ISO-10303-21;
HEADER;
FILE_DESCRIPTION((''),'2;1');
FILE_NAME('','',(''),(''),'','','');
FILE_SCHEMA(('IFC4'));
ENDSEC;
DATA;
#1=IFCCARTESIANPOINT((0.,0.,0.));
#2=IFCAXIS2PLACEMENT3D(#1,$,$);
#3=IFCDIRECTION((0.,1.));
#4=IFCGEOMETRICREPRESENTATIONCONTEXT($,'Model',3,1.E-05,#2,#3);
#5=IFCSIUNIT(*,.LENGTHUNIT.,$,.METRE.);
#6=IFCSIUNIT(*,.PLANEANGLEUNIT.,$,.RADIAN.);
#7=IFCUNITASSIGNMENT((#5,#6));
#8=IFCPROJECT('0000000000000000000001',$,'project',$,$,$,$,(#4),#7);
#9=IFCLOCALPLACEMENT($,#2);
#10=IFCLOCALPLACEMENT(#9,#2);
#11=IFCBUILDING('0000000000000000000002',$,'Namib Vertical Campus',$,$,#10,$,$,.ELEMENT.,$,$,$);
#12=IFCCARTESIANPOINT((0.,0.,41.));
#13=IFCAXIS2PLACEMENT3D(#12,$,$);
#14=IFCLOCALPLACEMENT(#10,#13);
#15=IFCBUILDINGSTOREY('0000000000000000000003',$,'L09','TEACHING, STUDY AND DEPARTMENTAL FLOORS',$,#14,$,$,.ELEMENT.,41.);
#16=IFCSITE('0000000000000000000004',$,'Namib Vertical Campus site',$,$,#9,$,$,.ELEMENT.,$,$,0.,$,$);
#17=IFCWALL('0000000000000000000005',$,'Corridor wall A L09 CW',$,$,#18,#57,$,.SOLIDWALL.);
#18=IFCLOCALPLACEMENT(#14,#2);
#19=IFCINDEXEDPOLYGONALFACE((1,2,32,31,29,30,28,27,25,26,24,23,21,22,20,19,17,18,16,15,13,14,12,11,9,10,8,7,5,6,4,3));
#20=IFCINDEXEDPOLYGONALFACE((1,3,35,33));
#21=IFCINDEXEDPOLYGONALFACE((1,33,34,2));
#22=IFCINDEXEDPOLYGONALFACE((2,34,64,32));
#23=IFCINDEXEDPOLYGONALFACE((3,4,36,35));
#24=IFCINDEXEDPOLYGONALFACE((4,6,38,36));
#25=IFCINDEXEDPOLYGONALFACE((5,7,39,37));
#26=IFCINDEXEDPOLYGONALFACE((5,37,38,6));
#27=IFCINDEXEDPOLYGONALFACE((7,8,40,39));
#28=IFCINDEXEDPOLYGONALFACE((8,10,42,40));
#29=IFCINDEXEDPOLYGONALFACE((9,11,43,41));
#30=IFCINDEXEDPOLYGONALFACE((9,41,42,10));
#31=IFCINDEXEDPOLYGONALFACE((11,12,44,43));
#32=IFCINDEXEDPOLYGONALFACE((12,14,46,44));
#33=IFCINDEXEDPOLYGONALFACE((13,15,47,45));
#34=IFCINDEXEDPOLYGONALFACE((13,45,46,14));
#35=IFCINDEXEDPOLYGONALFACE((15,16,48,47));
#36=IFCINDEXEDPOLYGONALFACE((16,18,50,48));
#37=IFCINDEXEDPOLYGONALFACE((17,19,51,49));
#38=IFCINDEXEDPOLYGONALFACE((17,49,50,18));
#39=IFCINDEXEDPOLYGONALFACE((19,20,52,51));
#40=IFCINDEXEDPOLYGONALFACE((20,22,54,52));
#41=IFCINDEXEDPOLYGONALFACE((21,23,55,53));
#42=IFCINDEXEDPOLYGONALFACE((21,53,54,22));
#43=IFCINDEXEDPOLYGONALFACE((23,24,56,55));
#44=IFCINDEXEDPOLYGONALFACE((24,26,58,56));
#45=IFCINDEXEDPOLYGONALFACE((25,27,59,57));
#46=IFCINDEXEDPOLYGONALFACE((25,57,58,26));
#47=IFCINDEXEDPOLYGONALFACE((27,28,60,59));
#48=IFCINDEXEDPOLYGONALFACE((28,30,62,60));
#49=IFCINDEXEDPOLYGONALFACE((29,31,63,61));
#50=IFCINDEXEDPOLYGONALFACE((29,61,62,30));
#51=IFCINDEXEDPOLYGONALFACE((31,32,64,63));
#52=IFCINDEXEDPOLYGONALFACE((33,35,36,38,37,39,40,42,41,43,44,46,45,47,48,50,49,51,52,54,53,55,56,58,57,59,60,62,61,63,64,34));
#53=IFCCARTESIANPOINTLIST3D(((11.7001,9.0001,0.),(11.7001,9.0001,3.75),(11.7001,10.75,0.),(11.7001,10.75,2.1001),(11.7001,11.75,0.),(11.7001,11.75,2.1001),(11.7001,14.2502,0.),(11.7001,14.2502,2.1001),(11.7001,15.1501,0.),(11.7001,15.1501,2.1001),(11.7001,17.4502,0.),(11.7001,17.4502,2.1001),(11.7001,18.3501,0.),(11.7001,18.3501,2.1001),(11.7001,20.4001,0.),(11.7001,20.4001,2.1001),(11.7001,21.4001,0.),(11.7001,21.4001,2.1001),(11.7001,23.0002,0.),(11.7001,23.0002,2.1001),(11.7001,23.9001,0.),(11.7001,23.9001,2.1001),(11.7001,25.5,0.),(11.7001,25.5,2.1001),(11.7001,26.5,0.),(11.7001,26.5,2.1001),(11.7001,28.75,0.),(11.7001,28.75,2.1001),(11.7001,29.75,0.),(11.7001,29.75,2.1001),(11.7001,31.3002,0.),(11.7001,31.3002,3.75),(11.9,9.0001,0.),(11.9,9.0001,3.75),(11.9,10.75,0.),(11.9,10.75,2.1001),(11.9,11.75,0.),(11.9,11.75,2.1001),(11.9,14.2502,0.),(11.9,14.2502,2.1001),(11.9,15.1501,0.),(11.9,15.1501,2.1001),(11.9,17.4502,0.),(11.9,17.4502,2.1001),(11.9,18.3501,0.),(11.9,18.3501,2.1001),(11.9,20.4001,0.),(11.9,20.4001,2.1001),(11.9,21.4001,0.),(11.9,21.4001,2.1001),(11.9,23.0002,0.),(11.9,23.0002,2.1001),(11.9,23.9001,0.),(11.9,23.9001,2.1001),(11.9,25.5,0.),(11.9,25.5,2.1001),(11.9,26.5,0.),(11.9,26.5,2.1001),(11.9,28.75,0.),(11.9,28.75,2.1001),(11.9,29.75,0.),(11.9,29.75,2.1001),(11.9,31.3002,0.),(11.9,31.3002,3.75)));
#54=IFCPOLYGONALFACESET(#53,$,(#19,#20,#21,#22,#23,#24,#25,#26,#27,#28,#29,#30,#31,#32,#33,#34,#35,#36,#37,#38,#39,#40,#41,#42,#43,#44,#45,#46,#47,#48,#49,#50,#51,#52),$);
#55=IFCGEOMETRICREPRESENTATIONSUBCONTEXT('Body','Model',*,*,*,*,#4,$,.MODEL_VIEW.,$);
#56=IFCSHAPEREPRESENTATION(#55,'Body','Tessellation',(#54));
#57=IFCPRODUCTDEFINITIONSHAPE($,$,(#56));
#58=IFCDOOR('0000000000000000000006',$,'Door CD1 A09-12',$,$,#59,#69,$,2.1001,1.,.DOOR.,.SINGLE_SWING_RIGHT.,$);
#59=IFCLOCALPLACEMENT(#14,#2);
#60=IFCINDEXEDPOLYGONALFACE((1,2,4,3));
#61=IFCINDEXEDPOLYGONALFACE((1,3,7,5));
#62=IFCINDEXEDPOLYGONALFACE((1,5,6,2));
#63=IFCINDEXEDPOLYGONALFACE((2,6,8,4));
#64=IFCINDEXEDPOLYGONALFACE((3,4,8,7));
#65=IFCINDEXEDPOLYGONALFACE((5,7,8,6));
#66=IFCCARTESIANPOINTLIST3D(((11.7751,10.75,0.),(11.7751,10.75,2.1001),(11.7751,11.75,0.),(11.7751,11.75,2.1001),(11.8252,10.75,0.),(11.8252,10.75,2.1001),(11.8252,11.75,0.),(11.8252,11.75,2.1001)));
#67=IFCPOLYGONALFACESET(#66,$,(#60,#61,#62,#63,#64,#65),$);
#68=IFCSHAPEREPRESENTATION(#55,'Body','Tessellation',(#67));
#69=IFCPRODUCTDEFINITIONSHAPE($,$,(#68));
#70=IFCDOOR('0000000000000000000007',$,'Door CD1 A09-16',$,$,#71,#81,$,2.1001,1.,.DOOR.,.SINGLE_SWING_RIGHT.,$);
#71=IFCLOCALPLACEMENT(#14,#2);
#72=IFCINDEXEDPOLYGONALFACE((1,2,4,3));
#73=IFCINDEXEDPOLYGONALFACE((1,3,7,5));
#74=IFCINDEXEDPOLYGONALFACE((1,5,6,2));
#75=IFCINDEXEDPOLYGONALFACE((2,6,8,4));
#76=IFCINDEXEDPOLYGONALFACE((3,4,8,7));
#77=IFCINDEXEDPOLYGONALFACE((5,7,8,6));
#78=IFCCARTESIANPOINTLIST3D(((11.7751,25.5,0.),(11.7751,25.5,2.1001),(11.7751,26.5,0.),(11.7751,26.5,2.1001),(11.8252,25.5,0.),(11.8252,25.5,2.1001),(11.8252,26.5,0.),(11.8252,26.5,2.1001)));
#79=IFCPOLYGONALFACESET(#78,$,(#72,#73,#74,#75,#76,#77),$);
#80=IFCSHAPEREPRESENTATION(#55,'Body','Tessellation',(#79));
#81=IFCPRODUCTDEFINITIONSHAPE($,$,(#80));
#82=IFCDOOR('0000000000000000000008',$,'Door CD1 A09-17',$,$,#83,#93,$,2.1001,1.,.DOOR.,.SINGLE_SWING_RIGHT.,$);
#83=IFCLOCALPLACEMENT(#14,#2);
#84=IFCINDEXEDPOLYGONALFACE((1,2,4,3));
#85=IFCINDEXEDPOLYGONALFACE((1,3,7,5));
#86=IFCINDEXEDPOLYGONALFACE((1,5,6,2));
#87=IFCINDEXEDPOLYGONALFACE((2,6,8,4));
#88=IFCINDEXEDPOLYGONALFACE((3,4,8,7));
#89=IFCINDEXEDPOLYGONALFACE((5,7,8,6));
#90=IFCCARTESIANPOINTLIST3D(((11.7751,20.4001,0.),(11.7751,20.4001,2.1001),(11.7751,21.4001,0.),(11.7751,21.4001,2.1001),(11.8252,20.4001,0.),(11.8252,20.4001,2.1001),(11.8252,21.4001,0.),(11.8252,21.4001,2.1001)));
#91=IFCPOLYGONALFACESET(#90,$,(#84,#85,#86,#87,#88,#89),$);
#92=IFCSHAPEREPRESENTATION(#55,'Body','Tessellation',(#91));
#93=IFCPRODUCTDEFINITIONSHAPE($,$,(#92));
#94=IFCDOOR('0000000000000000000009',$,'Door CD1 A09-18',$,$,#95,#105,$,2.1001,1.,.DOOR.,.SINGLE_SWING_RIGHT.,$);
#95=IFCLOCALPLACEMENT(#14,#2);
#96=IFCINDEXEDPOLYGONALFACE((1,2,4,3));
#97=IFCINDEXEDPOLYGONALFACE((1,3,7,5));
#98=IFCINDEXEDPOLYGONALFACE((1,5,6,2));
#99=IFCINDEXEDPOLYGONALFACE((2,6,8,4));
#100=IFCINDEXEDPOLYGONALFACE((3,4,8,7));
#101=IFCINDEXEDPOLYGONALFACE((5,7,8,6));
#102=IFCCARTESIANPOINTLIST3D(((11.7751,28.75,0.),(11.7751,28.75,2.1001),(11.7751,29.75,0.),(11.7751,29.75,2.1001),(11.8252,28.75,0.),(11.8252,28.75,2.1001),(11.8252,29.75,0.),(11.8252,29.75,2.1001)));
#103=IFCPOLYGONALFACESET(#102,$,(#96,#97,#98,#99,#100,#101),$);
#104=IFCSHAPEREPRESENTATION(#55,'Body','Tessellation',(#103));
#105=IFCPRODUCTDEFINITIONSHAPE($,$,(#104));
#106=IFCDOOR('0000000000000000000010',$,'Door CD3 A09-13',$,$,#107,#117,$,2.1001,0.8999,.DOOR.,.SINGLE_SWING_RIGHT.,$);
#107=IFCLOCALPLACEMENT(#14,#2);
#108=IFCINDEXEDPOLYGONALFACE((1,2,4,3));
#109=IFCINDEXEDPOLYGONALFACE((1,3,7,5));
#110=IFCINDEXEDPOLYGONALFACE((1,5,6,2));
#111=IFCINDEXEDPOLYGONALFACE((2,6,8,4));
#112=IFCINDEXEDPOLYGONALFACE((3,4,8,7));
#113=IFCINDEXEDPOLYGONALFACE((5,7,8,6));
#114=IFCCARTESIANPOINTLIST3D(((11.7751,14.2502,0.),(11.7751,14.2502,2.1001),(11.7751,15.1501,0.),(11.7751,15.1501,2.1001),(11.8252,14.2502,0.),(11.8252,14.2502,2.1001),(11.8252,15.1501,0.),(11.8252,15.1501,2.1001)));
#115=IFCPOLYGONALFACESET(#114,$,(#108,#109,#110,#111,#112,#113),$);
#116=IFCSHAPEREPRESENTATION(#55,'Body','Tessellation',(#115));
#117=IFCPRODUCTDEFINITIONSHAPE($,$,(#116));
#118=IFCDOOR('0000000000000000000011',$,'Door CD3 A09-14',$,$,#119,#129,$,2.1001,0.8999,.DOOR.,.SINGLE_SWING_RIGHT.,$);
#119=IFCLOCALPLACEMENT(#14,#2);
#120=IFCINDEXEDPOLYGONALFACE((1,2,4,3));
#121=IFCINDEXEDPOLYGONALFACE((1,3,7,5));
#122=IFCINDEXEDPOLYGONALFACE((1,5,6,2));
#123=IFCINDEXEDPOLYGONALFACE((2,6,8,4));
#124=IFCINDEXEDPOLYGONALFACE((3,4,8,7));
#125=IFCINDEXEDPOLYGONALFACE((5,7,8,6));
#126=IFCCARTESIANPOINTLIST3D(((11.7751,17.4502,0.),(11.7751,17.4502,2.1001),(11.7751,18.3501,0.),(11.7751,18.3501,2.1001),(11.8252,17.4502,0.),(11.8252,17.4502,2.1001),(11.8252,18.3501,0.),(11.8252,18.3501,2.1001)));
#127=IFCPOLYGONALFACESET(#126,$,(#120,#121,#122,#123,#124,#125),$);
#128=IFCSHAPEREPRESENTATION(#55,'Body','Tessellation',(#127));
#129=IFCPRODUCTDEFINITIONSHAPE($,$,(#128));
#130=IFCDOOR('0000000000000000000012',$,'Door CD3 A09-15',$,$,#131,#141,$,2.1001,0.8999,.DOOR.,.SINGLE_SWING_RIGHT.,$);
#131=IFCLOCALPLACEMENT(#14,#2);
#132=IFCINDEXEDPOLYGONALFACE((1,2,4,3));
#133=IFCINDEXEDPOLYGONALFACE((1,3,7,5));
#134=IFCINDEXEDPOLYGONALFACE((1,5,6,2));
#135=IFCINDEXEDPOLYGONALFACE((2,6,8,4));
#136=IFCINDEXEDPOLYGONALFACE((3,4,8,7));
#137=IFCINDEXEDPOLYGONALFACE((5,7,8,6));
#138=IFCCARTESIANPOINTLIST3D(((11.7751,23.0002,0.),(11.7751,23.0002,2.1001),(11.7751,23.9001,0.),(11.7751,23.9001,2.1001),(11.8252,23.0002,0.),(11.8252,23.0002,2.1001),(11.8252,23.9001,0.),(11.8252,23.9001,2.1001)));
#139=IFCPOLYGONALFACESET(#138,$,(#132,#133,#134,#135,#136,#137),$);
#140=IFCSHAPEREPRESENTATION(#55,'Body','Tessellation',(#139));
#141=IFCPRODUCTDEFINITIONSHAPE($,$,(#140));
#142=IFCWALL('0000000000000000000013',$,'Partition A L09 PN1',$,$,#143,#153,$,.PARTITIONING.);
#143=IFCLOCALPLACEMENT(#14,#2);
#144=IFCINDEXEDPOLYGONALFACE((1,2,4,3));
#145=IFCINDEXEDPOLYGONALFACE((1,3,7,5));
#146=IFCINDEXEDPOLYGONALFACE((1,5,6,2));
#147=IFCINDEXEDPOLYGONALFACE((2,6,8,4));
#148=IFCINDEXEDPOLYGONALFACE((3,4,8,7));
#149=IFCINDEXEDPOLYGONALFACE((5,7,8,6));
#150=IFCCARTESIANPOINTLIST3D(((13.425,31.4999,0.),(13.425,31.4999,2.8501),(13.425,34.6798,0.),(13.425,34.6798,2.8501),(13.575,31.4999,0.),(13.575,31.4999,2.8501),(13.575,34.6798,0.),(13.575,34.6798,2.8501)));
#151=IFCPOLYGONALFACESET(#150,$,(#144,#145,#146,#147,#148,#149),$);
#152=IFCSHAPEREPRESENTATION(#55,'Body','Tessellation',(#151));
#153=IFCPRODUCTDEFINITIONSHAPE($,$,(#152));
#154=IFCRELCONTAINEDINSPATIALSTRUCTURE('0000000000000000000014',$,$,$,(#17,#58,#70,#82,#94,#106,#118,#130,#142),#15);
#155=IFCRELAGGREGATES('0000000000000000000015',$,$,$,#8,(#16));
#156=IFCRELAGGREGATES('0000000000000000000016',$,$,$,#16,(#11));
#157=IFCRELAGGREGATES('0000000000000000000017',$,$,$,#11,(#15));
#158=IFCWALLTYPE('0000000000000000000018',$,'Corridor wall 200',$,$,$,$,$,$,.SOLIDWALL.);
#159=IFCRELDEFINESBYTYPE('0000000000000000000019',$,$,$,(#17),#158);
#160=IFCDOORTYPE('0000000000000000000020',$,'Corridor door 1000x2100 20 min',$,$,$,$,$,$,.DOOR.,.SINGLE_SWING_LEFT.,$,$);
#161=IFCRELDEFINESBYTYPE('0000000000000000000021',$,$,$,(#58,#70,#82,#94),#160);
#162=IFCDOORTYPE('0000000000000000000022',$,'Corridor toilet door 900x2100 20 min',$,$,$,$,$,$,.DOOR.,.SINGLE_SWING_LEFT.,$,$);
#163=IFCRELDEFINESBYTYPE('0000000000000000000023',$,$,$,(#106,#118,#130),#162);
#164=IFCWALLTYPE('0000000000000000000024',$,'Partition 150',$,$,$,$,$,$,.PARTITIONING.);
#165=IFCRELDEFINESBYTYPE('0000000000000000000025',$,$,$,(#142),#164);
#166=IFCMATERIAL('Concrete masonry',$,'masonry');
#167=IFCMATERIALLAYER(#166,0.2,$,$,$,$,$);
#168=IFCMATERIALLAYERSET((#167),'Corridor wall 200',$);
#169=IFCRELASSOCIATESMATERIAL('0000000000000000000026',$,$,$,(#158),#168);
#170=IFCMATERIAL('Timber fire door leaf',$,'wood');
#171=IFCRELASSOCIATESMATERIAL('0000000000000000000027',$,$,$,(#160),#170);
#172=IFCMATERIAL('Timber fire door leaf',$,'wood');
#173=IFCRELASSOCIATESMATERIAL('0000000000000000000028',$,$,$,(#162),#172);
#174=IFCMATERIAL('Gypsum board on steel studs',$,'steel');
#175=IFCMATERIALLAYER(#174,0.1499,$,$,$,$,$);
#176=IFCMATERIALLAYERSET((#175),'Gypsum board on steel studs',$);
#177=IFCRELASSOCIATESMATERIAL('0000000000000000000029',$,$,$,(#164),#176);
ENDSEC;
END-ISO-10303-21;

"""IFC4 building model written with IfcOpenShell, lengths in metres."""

from ifc_helpers import new_model, si_unit, direction, frame, frame_2d, origin, place, context, subcontext, project, spatial, rectangle, extrude, material, layer, layer_set, type_object, element, fill, save


model = new_model("IFC4")

# Units and contexts
model_context = context("Model", 3, precision=1e-05, world=origin(), true_north=direction((0.0, 1.0)))
body_context = subcontext(model_context, "Body", "Model", "MODEL_VIEW")
ifc_project = project(units=[si_unit("LENGTHUNIT", "METRE"), si_unit("PLANEANGLEUNIT", "RADIAN")], contexts=[model_context])

# Site, building, storey
site_placement = place(None, origin())
site = spatial("IfcSite", under=ifc_project, at=site_placement, Name="Namib Vertical Campus site", CompositionType="ELEMENT", RefElevation=0.0)
building_placement = place(site_placement, origin())
building = spatial("IfcBuilding", under=site, at=building_placement, Name="Namib Vertical Campus", CompositionType="ELEMENT")
storey_placement = place(building_placement, frame((0.0, 0.0, 41.0)))
storey = spatial("IfcBuildingStorey", under=building, at=storey_placement, Name="L09", Description="TEACHING, STUDY AND DEPARTMENTAL FLOORS", CompositionType="ELEMENT", Elevation=41.0)

# Wall, openings, doors
ifc_material_1 = material(Name="Concrete masonry", Category="masonry")
ifc_layer_1 = layer(ifc_material_1, 0.2)
ifc_layer_set_1 = layer_set([ifc_layer_1], Name="Corridor wall 200")
wall_type_1 = type_object("IfcWallType", Name="Corridor wall 200", PredefinedType="SOLIDWALL", material=ifc_layer_set_1)
wall_1_placement = place(storey_placement, frame((11.8, 31.3, 0.0), z_axis=(0.0, 0.0, 1.0), x_axis=(0.0, -1.0, 0.0)))
wall_1 = element("IfcWall", 1, at=wall_1_placement, inside=storey, type_object=wall_type_1, Name="Corridor wall A L09 CW", PredefinedType="SOLIDWALL", context=body_context, shape_type="SweptSolid", body=[
    extrude(rectangle(XDim=22.3, YDim=0.2, at=frame_2d((11.1499, 0.0))), origin(), (0.0, 0.0, 1.0), 3.75),
])
opening_1_placement = place(wall_1_placement, frame((19.55, 0.0, 0.0)))
opening_1 = element("IfcOpeningElement", 2, at=opening_1_placement, cuts=wall_1, PredefinedType="OPENING", context=body_context, shape_type="SweptSolid", body=[
    extrude(rectangle(XDim=1.0, YDim=2.1001, at=frame_2d((0.5, 1.05))), frame((0.0, 0.1099, 0.0), z_axis=(0.0, -1.0, 0.0), x_axis=(1.0, 0.0, 0.0)), (0.0, 0.0, 1.0), 0.22),
])
opening_2_placement = place(wall_1_placement, frame((16.1499, 0.0, 0.0)))
opening_2 = element("IfcOpeningElement", 3, at=opening_2_placement, cuts=wall_1, PredefinedType="OPENING", context=body_context, shape_type="SweptSolid", body=[
    extrude(rectangle(XDim=0.8999, YDim=2.1001, at=frame_2d((0.45, 1.05))), frame((0.0, 0.1099, 0.0), z_axis=(0.0, -1.0, 0.0), x_axis=(1.0, 0.0, 0.0)), (0.0, 0.0, 1.0), 0.22),
])
opening_3_placement = place(wall_1_placement, frame((12.95, 0.0, 0.0)))
opening_3 = element("IfcOpeningElement", 4, at=opening_3_placement, cuts=wall_1, PredefinedType="OPENING", context=body_context, shape_type="SweptSolid", body=[
    extrude(rectangle(XDim=0.8999, YDim=2.1001, at=frame_2d((0.45, 1.05))), frame((0.0, 0.1099, 0.0), z_axis=(0.0, -1.0, 0.0), x_axis=(1.0, 0.0, 0.0)), (0.0, 0.0, 1.0), 0.22),
])
opening_4_placement = place(wall_1_placement, frame((7.3999, 0.0, 0.0)))
opening_4 = element("IfcOpeningElement", 5, at=opening_4_placement, cuts=wall_1, PredefinedType="OPENING", context=body_context, shape_type="SweptSolid", body=[
    extrude(rectangle(XDim=0.8999, YDim=2.1001, at=frame_2d((0.45, 1.05))), frame((0.0, 0.1099, 0.0), z_axis=(0.0, -1.0, 0.0), x_axis=(1.0, 0.0, 0.0)), (0.0, 0.0, 1.0), 0.22),
])
opening_5_placement = place(wall_1_placement, frame((4.8, 0.0, 0.0)))
opening_5 = element("IfcOpeningElement", 6, at=opening_5_placement, cuts=wall_1, PredefinedType="OPENING", context=body_context, shape_type="SweptSolid", body=[
    extrude(rectangle(XDim=1.0, YDim=2.1001, at=frame_2d((0.5, 1.05))), frame((0.0, 0.1099, 0.0), z_axis=(0.0, -1.0, 0.0), x_axis=(1.0, 0.0, 0.0)), (0.0, 0.0, 1.0), 0.22),
])
opening_6_placement = place(wall_1_placement, frame((9.8999, 0.0, 0.0)))
opening_6 = element("IfcOpeningElement", 7, at=opening_6_placement, cuts=wall_1, PredefinedType="OPENING", context=body_context, shape_type="SweptSolid", body=[
    extrude(rectangle(XDim=1.0, YDim=2.1001, at=frame_2d((0.5, 1.05))), frame((0.0, 0.1099, 0.0), z_axis=(0.0, -1.0, 0.0), x_axis=(1.0, 0.0, 0.0)), (0.0, 0.0, 1.0), 0.22),
])
opening_7_placement = place(wall_1_placement, frame((1.55, 0.0, 0.0)))
opening_7 = element("IfcOpeningElement", 8, at=opening_7_placement, cuts=wall_1, PredefinedType="OPENING", context=body_context, shape_type="SweptSolid", body=[
    extrude(rectangle(XDim=1.0, YDim=2.1001, at=frame_2d((0.5, 1.05))), frame((0.0, 0.1099, 0.0), z_axis=(0.0, -1.0, 0.0), x_axis=(1.0, 0.0, 0.0)), (0.0, 0.0, 1.0), 0.22),
])
ifc_material_2 = material(Name="Timber fire door leaf", Category="wood")
door_type_1 = type_object("IfcDoorType", Name="Corridor door 1000x2100 20 min", OperationType="SINGLE_SWING_LEFT", PredefinedType="DOOR", material=ifc_material_2)
door_1_placement = place(opening_1_placement, frame((1.0, 0.0, 0.0), z_axis=(0.0, 0.0, 1.0), x_axis=(-1.0, 0.0, 0.0)))
door_1 = element("IfcDoor", 9, at=door_1_placement, inside=storey, type_object=door_type_1, Name="Door CD1 A09-12", OperationType="SINGLE_SWING_RIGHT", OverallHeight=2.1001, OverallWidth=1.0, PredefinedType="DOOR", context=body_context, shape_type="SweptSolid", body=[
    extrude(rectangle(XDim=1.0, YDim=2.1001, at=frame_2d((0.5, 1.05))), frame((0.0, 0.0249, 0.0), z_axis=(0.0, -1.0, 0.0), x_axis=(1.0, 0.0, 0.0)), (0.0, 0.0, 1.0), 0.05),
])
fill(opening_1, door_1)
door_2_placement = place(opening_5_placement, frame((1.0, 0.0, 0.0), z_axis=(0.0, 0.0, 1.0), x_axis=(-1.0, 0.0, 0.0)))
door_2 = element("IfcDoor", 10, at=door_2_placement, inside=storey, type_object=door_type_1, Name="Door CD1 A09-16", OperationType="SINGLE_SWING_RIGHT", OverallHeight=2.1001, OverallWidth=1.0, PredefinedType="DOOR", context=body_context, shape_type="SweptSolid", body=[
    extrude(rectangle(XDim=1.0, YDim=2.1001, at=frame_2d((0.5, 1.05))), frame((0.0, 0.0249, 0.0), z_axis=(0.0, -1.0, 0.0), x_axis=(1.0, 0.0, 0.0)), (0.0, 0.0, 1.0), 0.05),
])
fill(opening_5, door_2)
door_3_placement = place(opening_6_placement, frame((1.0, 0.0, 0.0), z_axis=(0.0, 0.0, 1.0), x_axis=(-1.0, 0.0, 0.0)))
door_3 = element("IfcDoor", 11, at=door_3_placement, inside=storey, type_object=door_type_1, Name="Door CD1 A09-17", OperationType="SINGLE_SWING_RIGHT", OverallHeight=2.1001, OverallWidth=1.0, PredefinedType="DOOR", context=body_context, shape_type="SweptSolid", body=[
    extrude(rectangle(XDim=1.0, YDim=2.1001, at=frame_2d((0.5, 1.05))), frame((0.0, 0.0249, 0.0), z_axis=(0.0, -1.0, 0.0), x_axis=(1.0, 0.0, 0.0)), (0.0, 0.0, 1.0), 0.05),
])
fill(opening_6, door_3)
door_4_placement = place(opening_7_placement, frame((1.0, 0.0, 0.0), z_axis=(0.0, 0.0, 1.0), x_axis=(-1.0, 0.0, 0.0)))
door_4 = element("IfcDoor", 12, at=door_4_placement, inside=storey, type_object=door_type_1, Name="Door CD1 A09-18", OperationType="SINGLE_SWING_RIGHT", OverallHeight=2.1001, OverallWidth=1.0, PredefinedType="DOOR", context=body_context, shape_type="SweptSolid", body=[
    extrude(rectangle(XDim=1.0, YDim=2.1001, at=frame_2d((0.5, 1.05))), frame((0.0, 0.0249, 0.0), z_axis=(0.0, -1.0, 0.0), x_axis=(1.0, 0.0, 0.0)), (0.0, 0.0, 1.0), 0.05),
])
fill(opening_7, door_4)
ifc_material_3 = material(Name="Timber fire door leaf", Category="wood")
door_type_2 = type_object("IfcDoorType", Name="Corridor toilet door 900x2100 20 min", OperationType="SINGLE_SWING_LEFT", PredefinedType="DOOR", material=ifc_material_3)
door_5_placement = place(opening_2_placement, frame((0.8999, 0.0, 0.0), z_axis=(0.0, 0.0, 1.0), x_axis=(-1.0, 0.0, 0.0)))
door_5 = element("IfcDoor", 13, at=door_5_placement, inside=storey, type_object=door_type_2, Name="Door CD3 A09-13", OperationType="SINGLE_SWING_RIGHT", OverallHeight=2.1001, OverallWidth=0.8999, PredefinedType="DOOR", context=body_context, shape_type="SweptSolid", body=[
    extrude(rectangle(XDim=0.8999, YDim=2.1001, at=frame_2d((0.45, 1.05))), frame((0.0, 0.0249, 0.0), z_axis=(0.0, -1.0, 0.0), x_axis=(1.0, 0.0, 0.0)), (0.0, 0.0, 1.0), 0.05),
])
fill(opening_2, door_5)
door_6_placement = place(opening_3_placement, frame((0.8999, 0.0, 0.0), z_axis=(0.0, 0.0, 1.0), x_axis=(-1.0, 0.0, 0.0)))
door_6 = element("IfcDoor", 14, at=door_6_placement, inside=storey, type_object=door_type_2, Name="Door CD3 A09-14", OperationType="SINGLE_SWING_RIGHT", OverallHeight=2.1001, OverallWidth=0.8999, PredefinedType="DOOR", context=body_context, shape_type="SweptSolid", body=[
    extrude(rectangle(XDim=0.8999, YDim=2.1001, at=frame_2d((0.45, 1.05))), frame((0.0, 0.0249, 0.0), z_axis=(0.0, -1.0, 0.0), x_axis=(1.0, 0.0, 0.0)), (0.0, 0.0, 1.0), 0.05),
])
fill(opening_3, door_6)
door_7_placement = place(opening_4_placement, frame((0.8999, 0.0, 0.0), z_axis=(0.0, 0.0, 1.0), x_axis=(-1.0, 0.0, 0.0)))
door_7 = element("IfcDoor", 15, at=door_7_placement, inside=storey, type_object=door_type_2, Name="Door CD3 A09-15", OperationType="SINGLE_SWING_RIGHT", OverallHeight=2.1001, OverallWidth=0.8999, PredefinedType="DOOR", context=body_context, shape_type="SweptSolid", body=[
    extrude(rectangle(XDim=0.8999, YDim=2.1001, at=frame_2d((0.45, 1.05))), frame((0.0, 0.0249, 0.0), z_axis=(0.0, -1.0, 0.0), x_axis=(1.0, 0.0, 0.0)), (0.0, 0.0, 1.0), 0.05),
])
fill(opening_4, door_7)

# Wall
ifc_material_4 = material(Name="Gypsum board on steel studs", Category="steel")
ifc_layer_2 = layer(ifc_material_4, 0.1499)
ifc_layer_set_2 = layer_set([ifc_layer_2], Name="Gypsum board on steel studs")
wall_type_2 = type_object("IfcWallType", Name="Partition 150", PredefinedType="PARTITIONING", material=ifc_layer_set_2)
wall_2_placement = place(storey_placement, frame((13.5, 31.5, 0.0), z_axis=(0.0, 0.0, 1.0), x_axis=(0.0, 1.0, 0.0)))
element("IfcWall", 16, at=wall_2_placement, inside=storey, type_object=wall_type_2, Name="Partition A L09 PN1", PredefinedType="PARTITIONING", context=body_context, shape_type="SweptSolid", body=[
    extrude(rectangle(XDim=3.1799, YDim=0.1499, at=frame_2d((1.5898, 0.0))), origin(), (0.0, 0.0, 1.0), 2.8501),
])

save(model, "model.ifc")
